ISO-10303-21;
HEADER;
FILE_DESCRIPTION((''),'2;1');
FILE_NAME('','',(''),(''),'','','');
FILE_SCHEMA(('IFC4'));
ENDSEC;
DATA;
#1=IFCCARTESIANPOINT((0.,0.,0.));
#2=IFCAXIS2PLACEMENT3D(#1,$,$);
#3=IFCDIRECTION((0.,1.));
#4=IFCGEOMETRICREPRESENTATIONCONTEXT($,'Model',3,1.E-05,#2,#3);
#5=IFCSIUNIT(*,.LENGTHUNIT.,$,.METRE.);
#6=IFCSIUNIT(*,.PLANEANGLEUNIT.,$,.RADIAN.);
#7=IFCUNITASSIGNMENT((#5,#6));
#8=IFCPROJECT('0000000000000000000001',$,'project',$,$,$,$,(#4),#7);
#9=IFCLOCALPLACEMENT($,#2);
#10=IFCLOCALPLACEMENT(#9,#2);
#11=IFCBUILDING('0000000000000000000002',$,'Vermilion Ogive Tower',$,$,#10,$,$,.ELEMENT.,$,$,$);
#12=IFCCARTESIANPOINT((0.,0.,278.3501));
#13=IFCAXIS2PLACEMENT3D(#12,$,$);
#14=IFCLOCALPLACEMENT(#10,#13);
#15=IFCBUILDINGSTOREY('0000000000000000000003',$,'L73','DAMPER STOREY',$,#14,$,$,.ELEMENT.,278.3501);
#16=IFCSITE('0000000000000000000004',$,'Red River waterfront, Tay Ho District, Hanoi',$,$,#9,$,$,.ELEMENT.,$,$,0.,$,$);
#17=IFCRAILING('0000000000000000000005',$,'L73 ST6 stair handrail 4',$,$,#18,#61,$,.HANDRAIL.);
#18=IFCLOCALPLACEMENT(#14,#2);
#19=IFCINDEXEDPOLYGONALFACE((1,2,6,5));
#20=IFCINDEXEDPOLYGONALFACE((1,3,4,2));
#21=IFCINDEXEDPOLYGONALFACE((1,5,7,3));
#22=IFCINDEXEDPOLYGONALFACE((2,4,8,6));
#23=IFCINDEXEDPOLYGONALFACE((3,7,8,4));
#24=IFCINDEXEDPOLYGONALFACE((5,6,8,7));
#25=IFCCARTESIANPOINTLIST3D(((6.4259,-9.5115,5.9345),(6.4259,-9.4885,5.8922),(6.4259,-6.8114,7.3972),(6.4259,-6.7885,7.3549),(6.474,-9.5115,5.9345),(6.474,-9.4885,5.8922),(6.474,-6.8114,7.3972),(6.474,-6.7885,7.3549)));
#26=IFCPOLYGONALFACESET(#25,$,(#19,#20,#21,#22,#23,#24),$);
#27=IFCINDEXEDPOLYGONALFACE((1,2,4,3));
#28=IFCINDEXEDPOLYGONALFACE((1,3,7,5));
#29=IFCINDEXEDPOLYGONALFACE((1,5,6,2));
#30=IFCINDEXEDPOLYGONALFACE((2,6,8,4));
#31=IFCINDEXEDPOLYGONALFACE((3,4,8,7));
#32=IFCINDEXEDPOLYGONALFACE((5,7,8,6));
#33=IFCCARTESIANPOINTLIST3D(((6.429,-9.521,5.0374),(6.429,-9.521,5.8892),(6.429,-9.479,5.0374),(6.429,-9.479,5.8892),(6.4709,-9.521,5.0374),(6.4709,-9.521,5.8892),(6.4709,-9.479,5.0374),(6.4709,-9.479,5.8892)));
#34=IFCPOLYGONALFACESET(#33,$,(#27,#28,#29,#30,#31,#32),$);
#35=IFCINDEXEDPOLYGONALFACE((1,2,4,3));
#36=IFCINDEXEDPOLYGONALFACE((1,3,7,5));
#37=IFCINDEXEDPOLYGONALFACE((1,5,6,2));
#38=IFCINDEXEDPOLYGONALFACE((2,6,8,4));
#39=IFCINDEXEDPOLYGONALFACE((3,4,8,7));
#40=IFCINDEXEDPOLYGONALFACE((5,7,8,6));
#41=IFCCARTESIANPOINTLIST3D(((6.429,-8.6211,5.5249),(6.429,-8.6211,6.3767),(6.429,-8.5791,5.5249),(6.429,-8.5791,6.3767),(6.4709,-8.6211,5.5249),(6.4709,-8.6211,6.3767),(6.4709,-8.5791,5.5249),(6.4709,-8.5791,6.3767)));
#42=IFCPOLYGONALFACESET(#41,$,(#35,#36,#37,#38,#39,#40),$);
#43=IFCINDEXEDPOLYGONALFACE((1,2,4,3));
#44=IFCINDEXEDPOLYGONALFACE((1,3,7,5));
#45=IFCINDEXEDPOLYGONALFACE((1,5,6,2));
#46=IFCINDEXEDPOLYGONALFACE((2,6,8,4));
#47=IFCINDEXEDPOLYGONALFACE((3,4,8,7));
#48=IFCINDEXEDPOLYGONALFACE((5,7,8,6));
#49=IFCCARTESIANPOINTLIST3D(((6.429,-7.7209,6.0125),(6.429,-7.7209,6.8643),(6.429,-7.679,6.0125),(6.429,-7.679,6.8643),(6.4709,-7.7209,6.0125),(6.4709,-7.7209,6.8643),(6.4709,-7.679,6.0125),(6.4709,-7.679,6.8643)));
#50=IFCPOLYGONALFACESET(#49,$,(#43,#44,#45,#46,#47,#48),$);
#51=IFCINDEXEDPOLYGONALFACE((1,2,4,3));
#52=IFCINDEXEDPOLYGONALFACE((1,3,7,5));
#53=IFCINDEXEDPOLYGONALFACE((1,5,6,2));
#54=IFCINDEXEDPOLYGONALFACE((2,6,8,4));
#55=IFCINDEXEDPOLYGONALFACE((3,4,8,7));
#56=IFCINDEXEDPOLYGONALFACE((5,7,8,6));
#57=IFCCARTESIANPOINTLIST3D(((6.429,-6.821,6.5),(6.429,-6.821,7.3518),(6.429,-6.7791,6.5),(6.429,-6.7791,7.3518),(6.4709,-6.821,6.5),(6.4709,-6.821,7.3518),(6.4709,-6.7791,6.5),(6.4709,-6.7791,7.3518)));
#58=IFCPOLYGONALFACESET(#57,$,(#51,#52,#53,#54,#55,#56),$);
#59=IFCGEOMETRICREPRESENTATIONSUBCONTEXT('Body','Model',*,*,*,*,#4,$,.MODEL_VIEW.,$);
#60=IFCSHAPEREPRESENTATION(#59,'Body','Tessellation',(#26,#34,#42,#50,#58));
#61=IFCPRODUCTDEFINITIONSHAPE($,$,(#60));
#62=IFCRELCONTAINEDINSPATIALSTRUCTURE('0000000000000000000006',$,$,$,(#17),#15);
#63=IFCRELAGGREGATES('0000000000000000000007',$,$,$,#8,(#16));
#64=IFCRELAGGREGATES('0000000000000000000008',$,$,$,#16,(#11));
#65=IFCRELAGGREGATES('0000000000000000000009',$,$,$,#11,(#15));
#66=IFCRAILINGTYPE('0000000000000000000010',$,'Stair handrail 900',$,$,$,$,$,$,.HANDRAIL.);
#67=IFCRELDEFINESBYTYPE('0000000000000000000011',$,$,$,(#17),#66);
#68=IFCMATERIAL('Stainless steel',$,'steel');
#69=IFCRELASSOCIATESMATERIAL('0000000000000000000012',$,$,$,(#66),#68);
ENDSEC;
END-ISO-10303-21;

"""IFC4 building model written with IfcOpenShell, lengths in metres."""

from ifc_helpers import new_model, si_unit, direction, frame, origin, origin_2d, place, context, subcontext, project, spatial, rectangle, extrude, material, type_object, element, save


model = new_model("IFC4")

# Units and contexts
model_context = context("Model", 3, precision=1e-05, world=origin(), true_north=direction((0.0, 1.0)))
body_context = subcontext(model_context, "Body", "Model", "MODEL_VIEW")
ifc_project = project(units=[si_unit("LENGTHUNIT", "METRE"), si_unit("PLANEANGLEUNIT", "RADIAN")], contexts=[model_context])

# Site, building, storey
site_placement = place(None, origin())
site = spatial("IfcSite", under=ifc_project, at=site_placement, Name="Red River waterfront, Tay Ho District, Hanoi", CompositionType="ELEMENT", RefElevation=0.0)
building_placement = place(site_placement, origin())
building = spatial("IfcBuilding", under=site, at=building_placement, Name="Vermilion Ogive Tower", CompositionType="ELEMENT")
storey_placement = place(building_placement, frame((0.0, 0.0, 278.3501)))
storey = spatial("IfcBuildingStorey", under=building, at=storey_placement, Name="L73", Description="DAMPER STOREY", CompositionType="ELEMENT", Elevation=278.3501)

# Railing
ifc_material_1 = material(Name="Stainless steel", Category="steel")
railing_type = type_object("IfcRailingType", Name="Stair handrail 900", PredefinedType="HANDRAIL", material=ifc_material_1)
railing_1_placement = place(storey_placement, frame((6.45, -9.5, 5.0374)))
element("IfcRailing", 1, at=railing_1_placement, inside=storey, type_object=railing_type, Name="L73 ST6 stair handrail 4", PredefinedType="HANDRAIL", context=body_context, shape_type="SweptSolid", body=[
    extrude(rectangle(XDim=0.0481, YDim=0.0481, at=origin_2d()), frame((0.0, 0.0, 0.876), z_axis=(0.0, 0.879268, 0.476327), x_axis=(-1.0, 0.0, 0.0)), (0.0, 0.0, 1.0), 3.0708),
    extrude(rectangle(XDim=0.042, YDim=0.042, at=origin_2d()), origin(), (0.0, 0.0, 1.0), 0.8518),
    extrude(rectangle(XDim=0.042, YDim=0.042, at=origin_2d()), frame((0.0, 0.8999, 0.4875)), (0.0, 0.0, 1.0), 0.8518),
    extrude(rectangle(XDim=0.042, YDim=0.042, at=origin_2d()), frame((0.0, 1.8, 0.9751)), (0.0, 0.0, 1.0), 0.8518),
    extrude(rectangle(XDim=0.042, YDim=0.042, at=origin_2d()), frame((0.0, 2.7, 1.4626)), (0.0, 0.0, 1.0), 0.8518),
])

save(model, "model.ifc")
